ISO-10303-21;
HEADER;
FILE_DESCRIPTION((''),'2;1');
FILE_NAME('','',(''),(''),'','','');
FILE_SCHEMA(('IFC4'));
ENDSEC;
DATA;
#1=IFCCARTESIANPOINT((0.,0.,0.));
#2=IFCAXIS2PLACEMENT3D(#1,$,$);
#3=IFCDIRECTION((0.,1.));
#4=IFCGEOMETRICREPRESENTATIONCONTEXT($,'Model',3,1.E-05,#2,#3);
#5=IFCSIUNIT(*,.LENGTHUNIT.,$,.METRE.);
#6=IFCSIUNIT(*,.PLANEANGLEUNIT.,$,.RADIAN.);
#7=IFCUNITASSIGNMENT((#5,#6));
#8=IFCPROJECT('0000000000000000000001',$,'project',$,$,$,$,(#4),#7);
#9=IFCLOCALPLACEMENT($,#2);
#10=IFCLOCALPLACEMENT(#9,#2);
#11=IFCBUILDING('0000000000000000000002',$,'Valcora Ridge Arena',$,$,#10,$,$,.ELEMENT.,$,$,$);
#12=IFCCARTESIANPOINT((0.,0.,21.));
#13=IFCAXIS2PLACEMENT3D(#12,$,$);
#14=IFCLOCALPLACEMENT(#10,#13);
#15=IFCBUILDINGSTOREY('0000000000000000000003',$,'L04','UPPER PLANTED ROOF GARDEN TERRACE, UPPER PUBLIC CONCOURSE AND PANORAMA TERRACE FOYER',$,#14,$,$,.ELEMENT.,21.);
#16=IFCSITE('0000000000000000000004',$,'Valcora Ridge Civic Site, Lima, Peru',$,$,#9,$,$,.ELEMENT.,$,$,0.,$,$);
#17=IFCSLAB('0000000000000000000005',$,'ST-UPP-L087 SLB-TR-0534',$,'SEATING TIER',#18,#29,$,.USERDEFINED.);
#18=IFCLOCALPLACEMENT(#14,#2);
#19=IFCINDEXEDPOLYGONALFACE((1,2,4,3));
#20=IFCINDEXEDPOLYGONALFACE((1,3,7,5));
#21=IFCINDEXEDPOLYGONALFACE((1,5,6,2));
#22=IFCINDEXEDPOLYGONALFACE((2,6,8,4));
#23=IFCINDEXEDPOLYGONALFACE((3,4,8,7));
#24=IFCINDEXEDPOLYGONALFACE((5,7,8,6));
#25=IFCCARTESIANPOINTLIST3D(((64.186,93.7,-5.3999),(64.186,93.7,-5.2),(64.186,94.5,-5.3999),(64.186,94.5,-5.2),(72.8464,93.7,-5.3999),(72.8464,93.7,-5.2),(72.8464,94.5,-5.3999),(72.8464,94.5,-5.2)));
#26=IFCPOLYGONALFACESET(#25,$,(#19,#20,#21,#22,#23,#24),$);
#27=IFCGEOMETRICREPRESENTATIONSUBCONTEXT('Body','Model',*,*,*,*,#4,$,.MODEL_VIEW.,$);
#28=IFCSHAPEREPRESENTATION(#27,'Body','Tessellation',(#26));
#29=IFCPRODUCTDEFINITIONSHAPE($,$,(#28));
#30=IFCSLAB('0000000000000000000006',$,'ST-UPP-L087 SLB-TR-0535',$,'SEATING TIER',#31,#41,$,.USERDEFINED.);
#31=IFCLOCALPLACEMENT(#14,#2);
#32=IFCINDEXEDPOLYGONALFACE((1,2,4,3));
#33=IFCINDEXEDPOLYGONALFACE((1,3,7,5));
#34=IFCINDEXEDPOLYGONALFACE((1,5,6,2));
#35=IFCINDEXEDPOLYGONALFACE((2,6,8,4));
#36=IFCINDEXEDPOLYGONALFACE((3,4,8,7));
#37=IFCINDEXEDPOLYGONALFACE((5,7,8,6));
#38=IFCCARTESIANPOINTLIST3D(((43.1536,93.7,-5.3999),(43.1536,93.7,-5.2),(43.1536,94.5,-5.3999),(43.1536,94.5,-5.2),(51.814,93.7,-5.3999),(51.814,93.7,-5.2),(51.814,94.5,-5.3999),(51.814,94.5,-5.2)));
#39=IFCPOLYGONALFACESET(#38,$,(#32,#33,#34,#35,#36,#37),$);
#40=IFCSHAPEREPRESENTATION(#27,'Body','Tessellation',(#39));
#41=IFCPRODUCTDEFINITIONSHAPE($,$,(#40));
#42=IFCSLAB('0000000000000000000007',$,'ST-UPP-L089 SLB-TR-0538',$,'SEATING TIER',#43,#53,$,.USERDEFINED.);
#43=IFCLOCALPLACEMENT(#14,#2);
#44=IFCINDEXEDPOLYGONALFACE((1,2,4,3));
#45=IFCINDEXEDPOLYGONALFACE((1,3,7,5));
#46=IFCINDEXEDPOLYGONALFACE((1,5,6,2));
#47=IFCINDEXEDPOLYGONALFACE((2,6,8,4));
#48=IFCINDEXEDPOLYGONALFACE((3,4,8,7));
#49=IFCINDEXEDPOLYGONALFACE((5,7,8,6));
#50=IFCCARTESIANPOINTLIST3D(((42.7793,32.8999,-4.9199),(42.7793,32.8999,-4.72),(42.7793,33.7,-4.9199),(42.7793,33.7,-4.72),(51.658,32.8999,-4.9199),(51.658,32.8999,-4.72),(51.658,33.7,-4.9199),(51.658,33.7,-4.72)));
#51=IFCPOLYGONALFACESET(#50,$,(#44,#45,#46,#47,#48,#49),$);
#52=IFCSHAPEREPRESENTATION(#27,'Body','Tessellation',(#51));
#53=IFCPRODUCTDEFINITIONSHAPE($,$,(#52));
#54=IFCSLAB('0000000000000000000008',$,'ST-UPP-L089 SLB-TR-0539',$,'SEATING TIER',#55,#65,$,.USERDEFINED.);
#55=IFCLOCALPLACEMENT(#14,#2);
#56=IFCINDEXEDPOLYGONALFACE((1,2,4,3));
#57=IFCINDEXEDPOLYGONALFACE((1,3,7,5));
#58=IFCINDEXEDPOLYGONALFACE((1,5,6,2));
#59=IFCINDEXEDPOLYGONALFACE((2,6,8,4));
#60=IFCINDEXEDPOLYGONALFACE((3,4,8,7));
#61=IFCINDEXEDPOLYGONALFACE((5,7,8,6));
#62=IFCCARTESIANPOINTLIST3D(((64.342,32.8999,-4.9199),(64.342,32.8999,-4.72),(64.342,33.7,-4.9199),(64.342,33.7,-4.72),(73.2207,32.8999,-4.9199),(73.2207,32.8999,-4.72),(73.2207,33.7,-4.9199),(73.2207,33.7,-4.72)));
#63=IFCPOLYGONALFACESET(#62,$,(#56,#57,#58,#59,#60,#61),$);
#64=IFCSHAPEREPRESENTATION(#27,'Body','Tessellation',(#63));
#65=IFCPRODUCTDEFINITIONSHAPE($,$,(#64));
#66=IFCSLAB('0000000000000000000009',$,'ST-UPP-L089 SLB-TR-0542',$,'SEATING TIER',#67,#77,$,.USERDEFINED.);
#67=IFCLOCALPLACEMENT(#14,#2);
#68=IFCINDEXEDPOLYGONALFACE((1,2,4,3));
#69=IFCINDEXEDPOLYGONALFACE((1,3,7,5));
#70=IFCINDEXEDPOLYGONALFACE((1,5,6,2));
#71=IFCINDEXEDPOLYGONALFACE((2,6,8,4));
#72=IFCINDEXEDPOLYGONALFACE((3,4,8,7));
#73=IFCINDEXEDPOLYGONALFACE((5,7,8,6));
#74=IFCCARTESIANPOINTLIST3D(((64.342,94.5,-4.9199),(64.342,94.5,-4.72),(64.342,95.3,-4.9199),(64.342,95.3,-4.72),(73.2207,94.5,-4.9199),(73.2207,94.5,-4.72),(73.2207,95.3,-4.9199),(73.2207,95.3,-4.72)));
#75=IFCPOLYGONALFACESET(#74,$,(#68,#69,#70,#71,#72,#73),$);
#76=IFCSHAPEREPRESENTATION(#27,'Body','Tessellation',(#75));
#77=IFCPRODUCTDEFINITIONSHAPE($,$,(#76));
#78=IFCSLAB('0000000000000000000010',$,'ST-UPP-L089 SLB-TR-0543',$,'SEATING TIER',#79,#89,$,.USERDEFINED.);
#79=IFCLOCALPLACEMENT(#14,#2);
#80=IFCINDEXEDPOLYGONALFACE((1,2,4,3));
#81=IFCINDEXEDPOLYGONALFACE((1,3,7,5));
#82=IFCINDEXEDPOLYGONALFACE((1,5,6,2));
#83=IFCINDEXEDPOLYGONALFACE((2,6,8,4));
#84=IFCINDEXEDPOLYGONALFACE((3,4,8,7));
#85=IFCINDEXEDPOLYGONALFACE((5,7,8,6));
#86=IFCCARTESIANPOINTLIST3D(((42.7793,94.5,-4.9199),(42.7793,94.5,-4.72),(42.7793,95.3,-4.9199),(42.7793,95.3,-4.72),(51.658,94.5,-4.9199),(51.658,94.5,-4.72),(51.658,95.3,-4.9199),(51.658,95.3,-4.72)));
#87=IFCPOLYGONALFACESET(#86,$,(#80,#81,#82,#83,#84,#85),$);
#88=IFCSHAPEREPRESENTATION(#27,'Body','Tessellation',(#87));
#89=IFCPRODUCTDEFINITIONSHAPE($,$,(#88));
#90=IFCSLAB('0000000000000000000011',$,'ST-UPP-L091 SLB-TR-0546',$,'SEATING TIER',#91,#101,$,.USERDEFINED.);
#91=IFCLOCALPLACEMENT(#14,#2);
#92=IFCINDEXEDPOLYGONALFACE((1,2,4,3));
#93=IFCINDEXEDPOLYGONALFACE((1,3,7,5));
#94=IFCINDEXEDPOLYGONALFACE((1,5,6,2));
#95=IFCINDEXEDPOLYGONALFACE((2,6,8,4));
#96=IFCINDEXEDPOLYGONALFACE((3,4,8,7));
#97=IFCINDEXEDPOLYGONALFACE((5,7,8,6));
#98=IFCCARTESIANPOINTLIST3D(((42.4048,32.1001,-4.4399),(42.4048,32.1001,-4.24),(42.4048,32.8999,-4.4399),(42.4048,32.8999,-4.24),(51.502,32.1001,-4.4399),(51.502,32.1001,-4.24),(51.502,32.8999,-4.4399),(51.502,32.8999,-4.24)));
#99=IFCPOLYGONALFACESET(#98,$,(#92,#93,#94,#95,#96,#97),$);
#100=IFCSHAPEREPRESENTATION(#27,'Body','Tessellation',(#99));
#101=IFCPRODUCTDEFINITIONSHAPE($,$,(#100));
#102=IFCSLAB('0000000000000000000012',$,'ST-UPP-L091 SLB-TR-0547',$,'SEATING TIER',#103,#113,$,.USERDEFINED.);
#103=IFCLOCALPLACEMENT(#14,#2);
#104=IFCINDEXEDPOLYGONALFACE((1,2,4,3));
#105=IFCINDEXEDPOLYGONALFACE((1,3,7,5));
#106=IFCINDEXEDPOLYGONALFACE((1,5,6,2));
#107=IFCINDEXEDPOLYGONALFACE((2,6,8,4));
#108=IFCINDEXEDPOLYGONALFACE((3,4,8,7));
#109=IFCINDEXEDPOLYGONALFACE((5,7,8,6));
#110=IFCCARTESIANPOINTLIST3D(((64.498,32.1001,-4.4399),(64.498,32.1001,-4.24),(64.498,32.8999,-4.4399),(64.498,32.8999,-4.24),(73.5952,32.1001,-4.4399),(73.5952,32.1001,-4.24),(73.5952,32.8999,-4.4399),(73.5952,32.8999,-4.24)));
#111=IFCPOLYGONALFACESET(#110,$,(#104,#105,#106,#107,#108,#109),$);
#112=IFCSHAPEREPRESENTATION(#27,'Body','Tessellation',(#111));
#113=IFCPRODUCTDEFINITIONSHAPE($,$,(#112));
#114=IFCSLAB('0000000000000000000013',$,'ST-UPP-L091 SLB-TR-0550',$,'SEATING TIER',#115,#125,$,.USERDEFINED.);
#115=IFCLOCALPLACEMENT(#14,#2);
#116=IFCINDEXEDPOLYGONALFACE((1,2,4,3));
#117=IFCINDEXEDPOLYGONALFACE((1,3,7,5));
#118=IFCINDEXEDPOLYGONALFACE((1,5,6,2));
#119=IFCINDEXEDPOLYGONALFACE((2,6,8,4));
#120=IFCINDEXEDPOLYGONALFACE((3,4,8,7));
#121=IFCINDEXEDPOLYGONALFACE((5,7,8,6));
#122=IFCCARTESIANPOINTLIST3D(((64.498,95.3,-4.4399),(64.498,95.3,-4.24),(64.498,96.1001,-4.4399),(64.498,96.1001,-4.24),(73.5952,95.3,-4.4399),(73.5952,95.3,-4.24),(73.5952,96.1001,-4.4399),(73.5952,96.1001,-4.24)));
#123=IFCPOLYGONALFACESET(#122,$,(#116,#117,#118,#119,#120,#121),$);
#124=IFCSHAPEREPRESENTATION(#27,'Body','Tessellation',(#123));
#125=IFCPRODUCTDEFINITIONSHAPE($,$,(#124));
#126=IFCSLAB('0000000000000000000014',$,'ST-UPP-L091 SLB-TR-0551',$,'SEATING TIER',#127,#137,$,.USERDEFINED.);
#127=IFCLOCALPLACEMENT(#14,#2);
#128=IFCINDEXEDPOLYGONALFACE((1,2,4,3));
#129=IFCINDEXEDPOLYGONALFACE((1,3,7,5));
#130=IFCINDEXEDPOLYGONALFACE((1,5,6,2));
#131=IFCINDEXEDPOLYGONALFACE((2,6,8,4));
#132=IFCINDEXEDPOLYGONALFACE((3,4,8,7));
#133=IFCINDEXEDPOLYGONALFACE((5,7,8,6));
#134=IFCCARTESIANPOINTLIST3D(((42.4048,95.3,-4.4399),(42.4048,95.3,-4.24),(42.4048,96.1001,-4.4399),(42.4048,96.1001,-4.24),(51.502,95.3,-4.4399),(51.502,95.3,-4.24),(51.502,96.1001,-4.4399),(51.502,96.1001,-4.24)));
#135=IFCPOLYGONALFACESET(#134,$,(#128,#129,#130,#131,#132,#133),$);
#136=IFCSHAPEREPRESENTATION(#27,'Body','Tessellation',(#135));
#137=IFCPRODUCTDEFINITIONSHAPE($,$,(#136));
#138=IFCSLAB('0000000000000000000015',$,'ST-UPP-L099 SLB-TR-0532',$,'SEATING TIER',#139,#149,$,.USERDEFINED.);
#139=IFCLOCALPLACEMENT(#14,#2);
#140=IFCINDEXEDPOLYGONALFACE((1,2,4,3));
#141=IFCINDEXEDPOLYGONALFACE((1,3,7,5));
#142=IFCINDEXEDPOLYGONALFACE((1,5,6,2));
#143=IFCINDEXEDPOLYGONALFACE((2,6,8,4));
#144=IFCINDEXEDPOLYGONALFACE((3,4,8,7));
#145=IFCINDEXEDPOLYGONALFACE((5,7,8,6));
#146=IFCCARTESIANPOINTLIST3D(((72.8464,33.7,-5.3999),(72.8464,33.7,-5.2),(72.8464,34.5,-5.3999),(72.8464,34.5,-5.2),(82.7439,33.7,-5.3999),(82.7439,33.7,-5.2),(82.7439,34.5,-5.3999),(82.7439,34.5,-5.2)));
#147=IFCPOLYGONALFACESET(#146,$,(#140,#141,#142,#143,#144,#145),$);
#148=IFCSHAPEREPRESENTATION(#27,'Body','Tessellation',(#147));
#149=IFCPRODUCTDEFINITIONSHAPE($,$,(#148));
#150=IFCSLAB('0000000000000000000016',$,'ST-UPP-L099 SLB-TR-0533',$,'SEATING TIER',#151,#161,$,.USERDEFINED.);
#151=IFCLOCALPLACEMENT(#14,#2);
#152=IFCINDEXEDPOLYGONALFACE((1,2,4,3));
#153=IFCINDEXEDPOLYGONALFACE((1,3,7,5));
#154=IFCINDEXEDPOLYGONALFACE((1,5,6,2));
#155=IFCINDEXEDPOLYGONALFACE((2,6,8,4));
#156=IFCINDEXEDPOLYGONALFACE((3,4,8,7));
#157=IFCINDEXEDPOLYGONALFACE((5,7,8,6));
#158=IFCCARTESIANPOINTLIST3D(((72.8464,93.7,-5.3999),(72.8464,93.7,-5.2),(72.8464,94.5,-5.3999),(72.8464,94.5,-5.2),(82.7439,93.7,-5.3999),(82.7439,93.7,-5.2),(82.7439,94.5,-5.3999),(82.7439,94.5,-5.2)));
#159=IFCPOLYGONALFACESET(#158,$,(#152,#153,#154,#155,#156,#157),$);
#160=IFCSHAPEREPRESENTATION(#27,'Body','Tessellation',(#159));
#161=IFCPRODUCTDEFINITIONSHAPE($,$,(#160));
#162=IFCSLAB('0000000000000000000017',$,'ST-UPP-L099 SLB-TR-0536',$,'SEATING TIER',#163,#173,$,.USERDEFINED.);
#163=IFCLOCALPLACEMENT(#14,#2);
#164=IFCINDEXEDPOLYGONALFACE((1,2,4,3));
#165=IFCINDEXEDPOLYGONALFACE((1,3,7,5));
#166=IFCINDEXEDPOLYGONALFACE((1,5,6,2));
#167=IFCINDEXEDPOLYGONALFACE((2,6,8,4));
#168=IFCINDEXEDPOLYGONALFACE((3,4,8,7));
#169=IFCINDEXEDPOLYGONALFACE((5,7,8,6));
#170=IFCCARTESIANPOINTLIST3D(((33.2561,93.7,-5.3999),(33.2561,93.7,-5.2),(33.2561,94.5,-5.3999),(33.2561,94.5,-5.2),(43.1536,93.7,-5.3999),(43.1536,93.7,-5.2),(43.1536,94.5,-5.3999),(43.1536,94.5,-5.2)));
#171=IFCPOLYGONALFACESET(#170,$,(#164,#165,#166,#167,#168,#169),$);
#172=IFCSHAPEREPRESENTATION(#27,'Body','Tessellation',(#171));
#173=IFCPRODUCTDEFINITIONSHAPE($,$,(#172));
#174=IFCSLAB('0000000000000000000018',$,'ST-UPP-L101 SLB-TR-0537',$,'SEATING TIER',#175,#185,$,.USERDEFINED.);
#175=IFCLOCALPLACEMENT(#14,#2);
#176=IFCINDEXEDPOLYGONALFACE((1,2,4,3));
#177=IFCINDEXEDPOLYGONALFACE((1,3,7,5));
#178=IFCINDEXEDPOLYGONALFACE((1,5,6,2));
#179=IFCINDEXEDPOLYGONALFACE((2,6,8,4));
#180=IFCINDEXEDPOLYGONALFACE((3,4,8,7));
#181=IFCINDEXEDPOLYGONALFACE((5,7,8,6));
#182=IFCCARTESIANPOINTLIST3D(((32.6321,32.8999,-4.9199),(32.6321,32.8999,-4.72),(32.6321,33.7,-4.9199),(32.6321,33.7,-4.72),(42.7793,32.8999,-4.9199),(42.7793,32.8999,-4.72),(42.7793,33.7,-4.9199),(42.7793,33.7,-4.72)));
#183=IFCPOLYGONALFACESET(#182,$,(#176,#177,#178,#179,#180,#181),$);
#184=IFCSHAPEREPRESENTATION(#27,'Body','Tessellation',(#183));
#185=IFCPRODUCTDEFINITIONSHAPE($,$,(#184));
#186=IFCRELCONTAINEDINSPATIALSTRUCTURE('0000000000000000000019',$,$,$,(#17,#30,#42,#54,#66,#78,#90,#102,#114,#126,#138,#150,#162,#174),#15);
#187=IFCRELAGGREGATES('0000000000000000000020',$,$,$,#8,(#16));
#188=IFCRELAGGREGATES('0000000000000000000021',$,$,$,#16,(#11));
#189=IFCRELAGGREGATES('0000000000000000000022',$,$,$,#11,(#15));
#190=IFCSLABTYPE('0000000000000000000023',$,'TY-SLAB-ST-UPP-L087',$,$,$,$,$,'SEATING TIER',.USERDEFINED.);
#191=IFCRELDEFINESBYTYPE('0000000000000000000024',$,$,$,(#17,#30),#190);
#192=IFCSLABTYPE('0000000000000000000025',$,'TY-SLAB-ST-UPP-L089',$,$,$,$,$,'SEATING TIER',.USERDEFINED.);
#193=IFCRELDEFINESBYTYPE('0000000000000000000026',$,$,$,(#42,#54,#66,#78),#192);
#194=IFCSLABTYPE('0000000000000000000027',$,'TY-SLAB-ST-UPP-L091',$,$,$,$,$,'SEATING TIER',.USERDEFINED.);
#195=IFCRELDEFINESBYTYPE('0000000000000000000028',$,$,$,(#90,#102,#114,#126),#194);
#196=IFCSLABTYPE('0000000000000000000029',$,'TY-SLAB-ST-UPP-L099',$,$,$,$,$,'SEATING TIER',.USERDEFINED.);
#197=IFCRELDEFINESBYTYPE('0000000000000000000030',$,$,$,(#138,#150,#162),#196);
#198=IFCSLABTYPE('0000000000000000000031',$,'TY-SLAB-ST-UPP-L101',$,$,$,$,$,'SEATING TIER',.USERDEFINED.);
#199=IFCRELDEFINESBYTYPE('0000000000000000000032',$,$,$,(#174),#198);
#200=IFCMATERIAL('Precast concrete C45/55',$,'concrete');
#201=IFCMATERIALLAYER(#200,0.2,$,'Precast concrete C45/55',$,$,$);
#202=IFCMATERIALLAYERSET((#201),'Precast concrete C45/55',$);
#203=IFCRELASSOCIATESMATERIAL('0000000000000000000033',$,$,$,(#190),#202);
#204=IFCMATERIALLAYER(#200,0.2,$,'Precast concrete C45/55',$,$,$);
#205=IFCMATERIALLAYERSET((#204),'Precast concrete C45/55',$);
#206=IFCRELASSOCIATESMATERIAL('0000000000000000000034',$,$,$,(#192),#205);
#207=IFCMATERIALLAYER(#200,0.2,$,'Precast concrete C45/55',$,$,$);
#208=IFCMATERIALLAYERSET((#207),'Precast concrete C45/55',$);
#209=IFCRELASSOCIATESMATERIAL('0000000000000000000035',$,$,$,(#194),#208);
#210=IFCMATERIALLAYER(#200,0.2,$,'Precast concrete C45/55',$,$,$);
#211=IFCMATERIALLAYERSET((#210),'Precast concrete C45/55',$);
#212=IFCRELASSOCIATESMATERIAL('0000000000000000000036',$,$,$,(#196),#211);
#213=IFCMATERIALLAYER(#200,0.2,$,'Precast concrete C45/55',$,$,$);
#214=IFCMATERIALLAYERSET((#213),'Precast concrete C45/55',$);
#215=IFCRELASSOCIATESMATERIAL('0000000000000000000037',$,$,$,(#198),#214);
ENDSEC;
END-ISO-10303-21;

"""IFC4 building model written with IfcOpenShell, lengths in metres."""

from ifc_helpers import new_model, si_unit, direction, frame, origin, place, context, subcontext, project, spatial, polyline, outline, extrude, material, layer, layer_set, type_object, element, save


model = new_model("IFC4")

# Units and contexts
model_context = context("Model", 3, precision=1e-05, world=origin(), true_north=direction((0.0, 1.0)))
body_context = subcontext(model_context, "Body", "Model", "MODEL_VIEW")
ifc_project = project(units=[si_unit("LENGTHUNIT", "METRE"), si_unit("PLANEANGLEUNIT", "RADIAN")], contexts=[model_context])

# Site, building, storey
site_placement = place(None, origin())
site = spatial("IfcSite", under=ifc_project, at=site_placement, Name="Valcora Ridge Civic Site, Lima, Peru", CompositionType="ELEMENT", RefElevation=0.0)
building_placement = place(site_placement, origin())
building = spatial("IfcBuilding", under=site, at=building_placement, Name="Valcora Ridge Arena", CompositionType="ELEMENT")
storey_placement = place(building_placement, frame((0.0, 0.0, 21.0)))
storey = spatial("IfcBuildingStorey", under=building, at=storey_placement, Name="L04", Description="UPPER PLANTED ROOF GARDEN TERRACE, UPPER PUBLIC CONCOURSE AND PANORAMA TERRACE FOYER", CompositionType="ELEMENT", Elevation=21.0)

# Slabs
ifc_material = material(Name="Precast concrete C45/55", Category="concrete")
ifc_layer_1 = layer(ifc_material, 0.2, Name="Precast concrete C45/55")
ifc_layer_set_1 = layer_set([ifc_layer_1], Name="Precast concrete C45/55")
slab_type_1 = type_object("IfcSlabType", Name="TY-SLAB-ST-UPP-L087", ElementType="SEATING TIER", PredefinedType="USERDEFINED", material=ifc_layer_set_1)
slab_1_placement = place(storey_placement, frame((0.0, 0.0, -5.3999)))
element("IfcSlab", 1, at=slab_1_placement, inside=storey, type_object=slab_type_1, Name="ST-UPP-L087 SLB-TR-0534", ObjectType="SEATING TIER", PredefinedType="USERDEFINED", context=body_context, shape_type="SweptSolid", body=[
    extrude(outline(polyline([(72.8464, 93.7), (64.186, 93.7), (64.186, 94.5), (72.8464, 94.5), (72.8464, 93.7)])), origin(), (0.0, 0.0, 1.0), 0.2),
])
slab_2_placement = place(storey_placement, frame((0.0, 0.0, -5.3999)))
element("IfcSlab", 2, at=slab_2_placement, inside=storey, type_object=slab_type_1, Name="ST-UPP-L087 SLB-TR-0535", ObjectType="SEATING TIER", PredefinedType="USERDEFINED", context=body_context, shape_type="SweptSolid", body=[
    extrude(outline(polyline([(51.814, 93.7), (43.1536, 93.7), (43.1536, 94.5), (51.814, 94.5), (51.814, 93.7)])), origin(), (0.0, 0.0, 1.0), 0.2),
])
ifc_layer_2 = layer(ifc_material, 0.2, Name="Precast concrete C45/55")
ifc_layer_set_2 = layer_set([ifc_layer_2], Name="Precast concrete C45/55")
slab_type_2 = type_object("IfcSlabType", Name="TY-SLAB-ST-UPP-L089", ElementType="SEATING TIER", PredefinedType="USERDEFINED", material=ifc_layer_set_2)
slab_3_placement = place(storey_placement, frame((0.0, 0.0, -4.9199)))
element("IfcSlab", 3, at=slab_3_placement, inside=storey, type_object=slab_type_2, Name="ST-UPP-L089 SLB-TR-0538", ObjectType="SEATING TIER", PredefinedType="USERDEFINED", context=body_context, shape_type="SweptSolid", body=[
    extrude(outline(polyline([(42.7793, 33.7), (51.658, 33.7), (51.658, 32.8999), (42.7793, 32.8999), (42.7793, 33.7)])), origin(), (0.0, 0.0, 1.0), 0.2),
])
slab_4_placement = place(storey_placement, frame((0.0, 0.0, -4.9199)))
element("IfcSlab", 4, at=slab_4_placement, inside=storey, type_object=slab_type_2, Name="ST-UPP-L089 SLB-TR-0539", ObjectType="SEATING TIER", PredefinedType="USERDEFINED", context=body_context, shape_type="SweptSolid", body=[
    extrude(outline(polyline([(64.342, 33.7), (73.2207, 33.7), (73.2207, 32.8999), (64.342, 32.8999), (64.342, 33.7)])), origin(), (0.0, 0.0, 1.0), 0.2),
])
slab_5_placement = place(storey_placement, frame((0.0, 0.0, -4.9199)))
element("IfcSlab", 5, at=slab_5_placement, inside=storey, type_object=slab_type_2, Name="ST-UPP-L089 SLB-TR-0542", ObjectType="SEATING TIER", PredefinedType="USERDEFINED", context=body_context, shape_type="SweptSolid", body=[
    extrude(outline(polyline([(73.2207, 94.5), (64.342, 94.5), (64.342, 95.3), (73.2207, 95.3), (73.2207, 94.5)])), origin(), (0.0, 0.0, 1.0), 0.2),
])
slab_6_placement = place(storey_placement, frame((0.0, 0.0, -4.9199)))
element("IfcSlab", 6, at=slab_6_placement, inside=storey, type_object=slab_type_2, Name="ST-UPP-L089 SLB-TR-0543", ObjectType="SEATING TIER", PredefinedType="USERDEFINED", context=body_context, shape_type="SweptSolid", body=[
    extrude(outline(polyline([(51.658, 94.5), (42.7793, 94.5), (42.7793, 95.3), (51.658, 95.3), (51.658, 94.5)])), origin(), (0.0, 0.0, 1.0), 0.2),
])
ifc_layer_3 = layer(ifc_material, 0.2, Name="Precast concrete C45/55")
ifc_layer_set_3 = layer_set([ifc_layer_3], Name="Precast concrete C45/55")
slab_type_3 = type_object("IfcSlabType", Name="TY-SLAB-ST-UPP-L091", ElementType="SEATING TIER", PredefinedType="USERDEFINED", material=ifc_layer_set_3)
slab_7_placement = place(storey_placement, frame((0.0, 0.0, -4.4399)))
element("IfcSlab", 7, at=slab_7_placement, inside=storey, type_object=slab_type_3, Name="ST-UPP-L091 SLB-TR-0546", ObjectType="SEATING TIER", PredefinedType="USERDEFINED", context=body_context, shape_type="SweptSolid", body=[
    extrude(outline(polyline([(42.4048, 32.8999), (51.502, 32.8999), (51.502, 32.1001), (42.4048, 32.1001), (42.4048, 32.8999)])), origin(), (0.0, 0.0, 1.0), 0.2),
])
slab_8_placement = place(storey_placement, frame((0.0, 0.0, -4.4399)))
element("IfcSlab", 8, at=slab_8_placement, inside=storey, type_object=slab_type_3, Name="ST-UPP-L091 SLB-TR-0547", ObjectType="SEATING TIER", PredefinedType="USERDEFINED", context=body_context, shape_type="SweptSolid", body=[
    extrude(outline(polyline([(64.498, 32.8999), (73.5952, 32.8999), (73.5952, 32.1001), (64.498, 32.1001), (64.498, 32.8999)])), origin(), (0.0, 0.0, 1.0), 0.2),
])
slab_9_placement = place(storey_placement, frame((0.0, 0.0, -4.4399)))
element("IfcSlab", 9, at=slab_9_placement, inside=storey, type_object=slab_type_3, Name="ST-UPP-L091 SLB-TR-0550", ObjectType="SEATING TIER", PredefinedType="USERDEFINED", context=body_context, shape_type="SweptSolid", body=[
    extrude(outline(polyline([(73.5952, 95.3), (64.498, 95.3), (64.498, 96.1001), (73.5952, 96.1001), (73.5952, 95.3)])), origin(), (0.0, 0.0, 1.0), 0.2),
])
slab_10_placement = place(storey_placement, frame((0.0, 0.0, -4.4399)))
element("IfcSlab", 10, at=slab_10_placement, inside=storey, type_object=slab_type_3, Name="ST-UPP-L091 SLB-TR-0551", ObjectType="SEATING TIER", PredefinedType="USERDEFINED", context=body_context, shape_type="SweptSolid", body=[
    extrude(outline(polyline([(51.502, 95.3), (42.4048, 95.3), (42.4048, 96.1001), (51.502, 96.1001), (51.502, 95.3)])), origin(), (0.0, 0.0, 1.0), 0.2),
])
ifc_layer_4 = layer(ifc_material, 0.2, Name="Precast concrete C45/55")
ifc_layer_set_4 = layer_set([ifc_layer_4], Name="Precast concrete C45/55")
slab_type_4 = type_object("IfcSlabType", Name="TY-SLAB-ST-UPP-L099", ElementType="SEATING TIER", PredefinedType="USERDEFINED", material=ifc_layer_set_4)
slab_11_placement = place(storey_placement, frame((0.0, 0.0, -5.3999)))
element("IfcSlab", 11, at=slab_11_placement, inside=storey, type_object=slab_type_4, Name="ST-UPP-L099 SLB-TR-0532", ObjectType="SEATING TIER", PredefinedType="USERDEFINED", context=body_context, shape_type="SweptSolid", body=[
    extrude(outline(polyline([(72.8464, 34.5), (82.7439, 34.5), (82.7439, 33.7), (72.8464, 33.7), (72.8464, 34.5)])), origin(), (0.0, 0.0, 1.0), 0.2),
])
slab_12_placement = place(storey_placement, frame((0.0, 0.0, -5.3999)))
element("IfcSlab", 12, at=slab_12_placement, inside=storey, type_object=slab_type_4, Name="ST-UPP-L099 SLB-TR-0533", ObjectType="SEATING TIER", PredefinedType="USERDEFINED", context=body_context, shape_type="SweptSolid", body=[
    extrude(outline(polyline([(82.7439, 93.7), (72.8464, 93.7), (72.8464, 94.5), (82.7439, 94.5), (82.7439, 93.7)])), origin(), (0.0, 0.0, 1.0), 0.2),
])
slab_13_placement = place(storey_placement, frame((0.0, 0.0, -5.3999)))
element("IfcSlab", 13, at=slab_13_placement, inside=storey, type_object=slab_type_4, Name="ST-UPP-L099 SLB-TR-0536", ObjectType="SEATING TIER", PredefinedType="USERDEFINED", context=body_context, shape_type="SweptSolid", body=[
    extrude(outline(polyline([(43.1536, 93.7), (33.2561, 93.7), (33.2561, 94.5), (43.1536, 94.5), (43.1536, 93.7)])), origin(), (0.0, 0.0, 1.0), 0.2),
])
ifc_layer_5 = layer(ifc_material, 0.2, Name="Precast concrete C45/55")
ifc_layer_set_5 = layer_set([ifc_layer_5], Name="Precast concrete C45/55")
slab_type_5 = type_object("IfcSlabType", Name="TY-SLAB-ST-UPP-L101", ElementType="SEATING TIER", PredefinedType="USERDEFINED", material=ifc_layer_set_5)
slab_14_placement = place(storey_placement, frame((0.0, 0.0, -4.9199)))
element("IfcSlab", 14, at=slab_14_placement, inside=storey, type_object=slab_type_5, Name="ST-UPP-L101 SLB-TR-0537", ObjectType="SEATING TIER", PredefinedType="USERDEFINED", context=body_context, shape_type="SweptSolid", body=[
    extrude(outline(polyline([(32.6321, 33.7), (42.7793, 33.7), (42.7793, 32.8999), (32.6321, 32.8999), (32.6321, 33.7)])), origin(), (0.0, 0.0, 1.0), 0.2),
])

save(model, "model.ifc")
